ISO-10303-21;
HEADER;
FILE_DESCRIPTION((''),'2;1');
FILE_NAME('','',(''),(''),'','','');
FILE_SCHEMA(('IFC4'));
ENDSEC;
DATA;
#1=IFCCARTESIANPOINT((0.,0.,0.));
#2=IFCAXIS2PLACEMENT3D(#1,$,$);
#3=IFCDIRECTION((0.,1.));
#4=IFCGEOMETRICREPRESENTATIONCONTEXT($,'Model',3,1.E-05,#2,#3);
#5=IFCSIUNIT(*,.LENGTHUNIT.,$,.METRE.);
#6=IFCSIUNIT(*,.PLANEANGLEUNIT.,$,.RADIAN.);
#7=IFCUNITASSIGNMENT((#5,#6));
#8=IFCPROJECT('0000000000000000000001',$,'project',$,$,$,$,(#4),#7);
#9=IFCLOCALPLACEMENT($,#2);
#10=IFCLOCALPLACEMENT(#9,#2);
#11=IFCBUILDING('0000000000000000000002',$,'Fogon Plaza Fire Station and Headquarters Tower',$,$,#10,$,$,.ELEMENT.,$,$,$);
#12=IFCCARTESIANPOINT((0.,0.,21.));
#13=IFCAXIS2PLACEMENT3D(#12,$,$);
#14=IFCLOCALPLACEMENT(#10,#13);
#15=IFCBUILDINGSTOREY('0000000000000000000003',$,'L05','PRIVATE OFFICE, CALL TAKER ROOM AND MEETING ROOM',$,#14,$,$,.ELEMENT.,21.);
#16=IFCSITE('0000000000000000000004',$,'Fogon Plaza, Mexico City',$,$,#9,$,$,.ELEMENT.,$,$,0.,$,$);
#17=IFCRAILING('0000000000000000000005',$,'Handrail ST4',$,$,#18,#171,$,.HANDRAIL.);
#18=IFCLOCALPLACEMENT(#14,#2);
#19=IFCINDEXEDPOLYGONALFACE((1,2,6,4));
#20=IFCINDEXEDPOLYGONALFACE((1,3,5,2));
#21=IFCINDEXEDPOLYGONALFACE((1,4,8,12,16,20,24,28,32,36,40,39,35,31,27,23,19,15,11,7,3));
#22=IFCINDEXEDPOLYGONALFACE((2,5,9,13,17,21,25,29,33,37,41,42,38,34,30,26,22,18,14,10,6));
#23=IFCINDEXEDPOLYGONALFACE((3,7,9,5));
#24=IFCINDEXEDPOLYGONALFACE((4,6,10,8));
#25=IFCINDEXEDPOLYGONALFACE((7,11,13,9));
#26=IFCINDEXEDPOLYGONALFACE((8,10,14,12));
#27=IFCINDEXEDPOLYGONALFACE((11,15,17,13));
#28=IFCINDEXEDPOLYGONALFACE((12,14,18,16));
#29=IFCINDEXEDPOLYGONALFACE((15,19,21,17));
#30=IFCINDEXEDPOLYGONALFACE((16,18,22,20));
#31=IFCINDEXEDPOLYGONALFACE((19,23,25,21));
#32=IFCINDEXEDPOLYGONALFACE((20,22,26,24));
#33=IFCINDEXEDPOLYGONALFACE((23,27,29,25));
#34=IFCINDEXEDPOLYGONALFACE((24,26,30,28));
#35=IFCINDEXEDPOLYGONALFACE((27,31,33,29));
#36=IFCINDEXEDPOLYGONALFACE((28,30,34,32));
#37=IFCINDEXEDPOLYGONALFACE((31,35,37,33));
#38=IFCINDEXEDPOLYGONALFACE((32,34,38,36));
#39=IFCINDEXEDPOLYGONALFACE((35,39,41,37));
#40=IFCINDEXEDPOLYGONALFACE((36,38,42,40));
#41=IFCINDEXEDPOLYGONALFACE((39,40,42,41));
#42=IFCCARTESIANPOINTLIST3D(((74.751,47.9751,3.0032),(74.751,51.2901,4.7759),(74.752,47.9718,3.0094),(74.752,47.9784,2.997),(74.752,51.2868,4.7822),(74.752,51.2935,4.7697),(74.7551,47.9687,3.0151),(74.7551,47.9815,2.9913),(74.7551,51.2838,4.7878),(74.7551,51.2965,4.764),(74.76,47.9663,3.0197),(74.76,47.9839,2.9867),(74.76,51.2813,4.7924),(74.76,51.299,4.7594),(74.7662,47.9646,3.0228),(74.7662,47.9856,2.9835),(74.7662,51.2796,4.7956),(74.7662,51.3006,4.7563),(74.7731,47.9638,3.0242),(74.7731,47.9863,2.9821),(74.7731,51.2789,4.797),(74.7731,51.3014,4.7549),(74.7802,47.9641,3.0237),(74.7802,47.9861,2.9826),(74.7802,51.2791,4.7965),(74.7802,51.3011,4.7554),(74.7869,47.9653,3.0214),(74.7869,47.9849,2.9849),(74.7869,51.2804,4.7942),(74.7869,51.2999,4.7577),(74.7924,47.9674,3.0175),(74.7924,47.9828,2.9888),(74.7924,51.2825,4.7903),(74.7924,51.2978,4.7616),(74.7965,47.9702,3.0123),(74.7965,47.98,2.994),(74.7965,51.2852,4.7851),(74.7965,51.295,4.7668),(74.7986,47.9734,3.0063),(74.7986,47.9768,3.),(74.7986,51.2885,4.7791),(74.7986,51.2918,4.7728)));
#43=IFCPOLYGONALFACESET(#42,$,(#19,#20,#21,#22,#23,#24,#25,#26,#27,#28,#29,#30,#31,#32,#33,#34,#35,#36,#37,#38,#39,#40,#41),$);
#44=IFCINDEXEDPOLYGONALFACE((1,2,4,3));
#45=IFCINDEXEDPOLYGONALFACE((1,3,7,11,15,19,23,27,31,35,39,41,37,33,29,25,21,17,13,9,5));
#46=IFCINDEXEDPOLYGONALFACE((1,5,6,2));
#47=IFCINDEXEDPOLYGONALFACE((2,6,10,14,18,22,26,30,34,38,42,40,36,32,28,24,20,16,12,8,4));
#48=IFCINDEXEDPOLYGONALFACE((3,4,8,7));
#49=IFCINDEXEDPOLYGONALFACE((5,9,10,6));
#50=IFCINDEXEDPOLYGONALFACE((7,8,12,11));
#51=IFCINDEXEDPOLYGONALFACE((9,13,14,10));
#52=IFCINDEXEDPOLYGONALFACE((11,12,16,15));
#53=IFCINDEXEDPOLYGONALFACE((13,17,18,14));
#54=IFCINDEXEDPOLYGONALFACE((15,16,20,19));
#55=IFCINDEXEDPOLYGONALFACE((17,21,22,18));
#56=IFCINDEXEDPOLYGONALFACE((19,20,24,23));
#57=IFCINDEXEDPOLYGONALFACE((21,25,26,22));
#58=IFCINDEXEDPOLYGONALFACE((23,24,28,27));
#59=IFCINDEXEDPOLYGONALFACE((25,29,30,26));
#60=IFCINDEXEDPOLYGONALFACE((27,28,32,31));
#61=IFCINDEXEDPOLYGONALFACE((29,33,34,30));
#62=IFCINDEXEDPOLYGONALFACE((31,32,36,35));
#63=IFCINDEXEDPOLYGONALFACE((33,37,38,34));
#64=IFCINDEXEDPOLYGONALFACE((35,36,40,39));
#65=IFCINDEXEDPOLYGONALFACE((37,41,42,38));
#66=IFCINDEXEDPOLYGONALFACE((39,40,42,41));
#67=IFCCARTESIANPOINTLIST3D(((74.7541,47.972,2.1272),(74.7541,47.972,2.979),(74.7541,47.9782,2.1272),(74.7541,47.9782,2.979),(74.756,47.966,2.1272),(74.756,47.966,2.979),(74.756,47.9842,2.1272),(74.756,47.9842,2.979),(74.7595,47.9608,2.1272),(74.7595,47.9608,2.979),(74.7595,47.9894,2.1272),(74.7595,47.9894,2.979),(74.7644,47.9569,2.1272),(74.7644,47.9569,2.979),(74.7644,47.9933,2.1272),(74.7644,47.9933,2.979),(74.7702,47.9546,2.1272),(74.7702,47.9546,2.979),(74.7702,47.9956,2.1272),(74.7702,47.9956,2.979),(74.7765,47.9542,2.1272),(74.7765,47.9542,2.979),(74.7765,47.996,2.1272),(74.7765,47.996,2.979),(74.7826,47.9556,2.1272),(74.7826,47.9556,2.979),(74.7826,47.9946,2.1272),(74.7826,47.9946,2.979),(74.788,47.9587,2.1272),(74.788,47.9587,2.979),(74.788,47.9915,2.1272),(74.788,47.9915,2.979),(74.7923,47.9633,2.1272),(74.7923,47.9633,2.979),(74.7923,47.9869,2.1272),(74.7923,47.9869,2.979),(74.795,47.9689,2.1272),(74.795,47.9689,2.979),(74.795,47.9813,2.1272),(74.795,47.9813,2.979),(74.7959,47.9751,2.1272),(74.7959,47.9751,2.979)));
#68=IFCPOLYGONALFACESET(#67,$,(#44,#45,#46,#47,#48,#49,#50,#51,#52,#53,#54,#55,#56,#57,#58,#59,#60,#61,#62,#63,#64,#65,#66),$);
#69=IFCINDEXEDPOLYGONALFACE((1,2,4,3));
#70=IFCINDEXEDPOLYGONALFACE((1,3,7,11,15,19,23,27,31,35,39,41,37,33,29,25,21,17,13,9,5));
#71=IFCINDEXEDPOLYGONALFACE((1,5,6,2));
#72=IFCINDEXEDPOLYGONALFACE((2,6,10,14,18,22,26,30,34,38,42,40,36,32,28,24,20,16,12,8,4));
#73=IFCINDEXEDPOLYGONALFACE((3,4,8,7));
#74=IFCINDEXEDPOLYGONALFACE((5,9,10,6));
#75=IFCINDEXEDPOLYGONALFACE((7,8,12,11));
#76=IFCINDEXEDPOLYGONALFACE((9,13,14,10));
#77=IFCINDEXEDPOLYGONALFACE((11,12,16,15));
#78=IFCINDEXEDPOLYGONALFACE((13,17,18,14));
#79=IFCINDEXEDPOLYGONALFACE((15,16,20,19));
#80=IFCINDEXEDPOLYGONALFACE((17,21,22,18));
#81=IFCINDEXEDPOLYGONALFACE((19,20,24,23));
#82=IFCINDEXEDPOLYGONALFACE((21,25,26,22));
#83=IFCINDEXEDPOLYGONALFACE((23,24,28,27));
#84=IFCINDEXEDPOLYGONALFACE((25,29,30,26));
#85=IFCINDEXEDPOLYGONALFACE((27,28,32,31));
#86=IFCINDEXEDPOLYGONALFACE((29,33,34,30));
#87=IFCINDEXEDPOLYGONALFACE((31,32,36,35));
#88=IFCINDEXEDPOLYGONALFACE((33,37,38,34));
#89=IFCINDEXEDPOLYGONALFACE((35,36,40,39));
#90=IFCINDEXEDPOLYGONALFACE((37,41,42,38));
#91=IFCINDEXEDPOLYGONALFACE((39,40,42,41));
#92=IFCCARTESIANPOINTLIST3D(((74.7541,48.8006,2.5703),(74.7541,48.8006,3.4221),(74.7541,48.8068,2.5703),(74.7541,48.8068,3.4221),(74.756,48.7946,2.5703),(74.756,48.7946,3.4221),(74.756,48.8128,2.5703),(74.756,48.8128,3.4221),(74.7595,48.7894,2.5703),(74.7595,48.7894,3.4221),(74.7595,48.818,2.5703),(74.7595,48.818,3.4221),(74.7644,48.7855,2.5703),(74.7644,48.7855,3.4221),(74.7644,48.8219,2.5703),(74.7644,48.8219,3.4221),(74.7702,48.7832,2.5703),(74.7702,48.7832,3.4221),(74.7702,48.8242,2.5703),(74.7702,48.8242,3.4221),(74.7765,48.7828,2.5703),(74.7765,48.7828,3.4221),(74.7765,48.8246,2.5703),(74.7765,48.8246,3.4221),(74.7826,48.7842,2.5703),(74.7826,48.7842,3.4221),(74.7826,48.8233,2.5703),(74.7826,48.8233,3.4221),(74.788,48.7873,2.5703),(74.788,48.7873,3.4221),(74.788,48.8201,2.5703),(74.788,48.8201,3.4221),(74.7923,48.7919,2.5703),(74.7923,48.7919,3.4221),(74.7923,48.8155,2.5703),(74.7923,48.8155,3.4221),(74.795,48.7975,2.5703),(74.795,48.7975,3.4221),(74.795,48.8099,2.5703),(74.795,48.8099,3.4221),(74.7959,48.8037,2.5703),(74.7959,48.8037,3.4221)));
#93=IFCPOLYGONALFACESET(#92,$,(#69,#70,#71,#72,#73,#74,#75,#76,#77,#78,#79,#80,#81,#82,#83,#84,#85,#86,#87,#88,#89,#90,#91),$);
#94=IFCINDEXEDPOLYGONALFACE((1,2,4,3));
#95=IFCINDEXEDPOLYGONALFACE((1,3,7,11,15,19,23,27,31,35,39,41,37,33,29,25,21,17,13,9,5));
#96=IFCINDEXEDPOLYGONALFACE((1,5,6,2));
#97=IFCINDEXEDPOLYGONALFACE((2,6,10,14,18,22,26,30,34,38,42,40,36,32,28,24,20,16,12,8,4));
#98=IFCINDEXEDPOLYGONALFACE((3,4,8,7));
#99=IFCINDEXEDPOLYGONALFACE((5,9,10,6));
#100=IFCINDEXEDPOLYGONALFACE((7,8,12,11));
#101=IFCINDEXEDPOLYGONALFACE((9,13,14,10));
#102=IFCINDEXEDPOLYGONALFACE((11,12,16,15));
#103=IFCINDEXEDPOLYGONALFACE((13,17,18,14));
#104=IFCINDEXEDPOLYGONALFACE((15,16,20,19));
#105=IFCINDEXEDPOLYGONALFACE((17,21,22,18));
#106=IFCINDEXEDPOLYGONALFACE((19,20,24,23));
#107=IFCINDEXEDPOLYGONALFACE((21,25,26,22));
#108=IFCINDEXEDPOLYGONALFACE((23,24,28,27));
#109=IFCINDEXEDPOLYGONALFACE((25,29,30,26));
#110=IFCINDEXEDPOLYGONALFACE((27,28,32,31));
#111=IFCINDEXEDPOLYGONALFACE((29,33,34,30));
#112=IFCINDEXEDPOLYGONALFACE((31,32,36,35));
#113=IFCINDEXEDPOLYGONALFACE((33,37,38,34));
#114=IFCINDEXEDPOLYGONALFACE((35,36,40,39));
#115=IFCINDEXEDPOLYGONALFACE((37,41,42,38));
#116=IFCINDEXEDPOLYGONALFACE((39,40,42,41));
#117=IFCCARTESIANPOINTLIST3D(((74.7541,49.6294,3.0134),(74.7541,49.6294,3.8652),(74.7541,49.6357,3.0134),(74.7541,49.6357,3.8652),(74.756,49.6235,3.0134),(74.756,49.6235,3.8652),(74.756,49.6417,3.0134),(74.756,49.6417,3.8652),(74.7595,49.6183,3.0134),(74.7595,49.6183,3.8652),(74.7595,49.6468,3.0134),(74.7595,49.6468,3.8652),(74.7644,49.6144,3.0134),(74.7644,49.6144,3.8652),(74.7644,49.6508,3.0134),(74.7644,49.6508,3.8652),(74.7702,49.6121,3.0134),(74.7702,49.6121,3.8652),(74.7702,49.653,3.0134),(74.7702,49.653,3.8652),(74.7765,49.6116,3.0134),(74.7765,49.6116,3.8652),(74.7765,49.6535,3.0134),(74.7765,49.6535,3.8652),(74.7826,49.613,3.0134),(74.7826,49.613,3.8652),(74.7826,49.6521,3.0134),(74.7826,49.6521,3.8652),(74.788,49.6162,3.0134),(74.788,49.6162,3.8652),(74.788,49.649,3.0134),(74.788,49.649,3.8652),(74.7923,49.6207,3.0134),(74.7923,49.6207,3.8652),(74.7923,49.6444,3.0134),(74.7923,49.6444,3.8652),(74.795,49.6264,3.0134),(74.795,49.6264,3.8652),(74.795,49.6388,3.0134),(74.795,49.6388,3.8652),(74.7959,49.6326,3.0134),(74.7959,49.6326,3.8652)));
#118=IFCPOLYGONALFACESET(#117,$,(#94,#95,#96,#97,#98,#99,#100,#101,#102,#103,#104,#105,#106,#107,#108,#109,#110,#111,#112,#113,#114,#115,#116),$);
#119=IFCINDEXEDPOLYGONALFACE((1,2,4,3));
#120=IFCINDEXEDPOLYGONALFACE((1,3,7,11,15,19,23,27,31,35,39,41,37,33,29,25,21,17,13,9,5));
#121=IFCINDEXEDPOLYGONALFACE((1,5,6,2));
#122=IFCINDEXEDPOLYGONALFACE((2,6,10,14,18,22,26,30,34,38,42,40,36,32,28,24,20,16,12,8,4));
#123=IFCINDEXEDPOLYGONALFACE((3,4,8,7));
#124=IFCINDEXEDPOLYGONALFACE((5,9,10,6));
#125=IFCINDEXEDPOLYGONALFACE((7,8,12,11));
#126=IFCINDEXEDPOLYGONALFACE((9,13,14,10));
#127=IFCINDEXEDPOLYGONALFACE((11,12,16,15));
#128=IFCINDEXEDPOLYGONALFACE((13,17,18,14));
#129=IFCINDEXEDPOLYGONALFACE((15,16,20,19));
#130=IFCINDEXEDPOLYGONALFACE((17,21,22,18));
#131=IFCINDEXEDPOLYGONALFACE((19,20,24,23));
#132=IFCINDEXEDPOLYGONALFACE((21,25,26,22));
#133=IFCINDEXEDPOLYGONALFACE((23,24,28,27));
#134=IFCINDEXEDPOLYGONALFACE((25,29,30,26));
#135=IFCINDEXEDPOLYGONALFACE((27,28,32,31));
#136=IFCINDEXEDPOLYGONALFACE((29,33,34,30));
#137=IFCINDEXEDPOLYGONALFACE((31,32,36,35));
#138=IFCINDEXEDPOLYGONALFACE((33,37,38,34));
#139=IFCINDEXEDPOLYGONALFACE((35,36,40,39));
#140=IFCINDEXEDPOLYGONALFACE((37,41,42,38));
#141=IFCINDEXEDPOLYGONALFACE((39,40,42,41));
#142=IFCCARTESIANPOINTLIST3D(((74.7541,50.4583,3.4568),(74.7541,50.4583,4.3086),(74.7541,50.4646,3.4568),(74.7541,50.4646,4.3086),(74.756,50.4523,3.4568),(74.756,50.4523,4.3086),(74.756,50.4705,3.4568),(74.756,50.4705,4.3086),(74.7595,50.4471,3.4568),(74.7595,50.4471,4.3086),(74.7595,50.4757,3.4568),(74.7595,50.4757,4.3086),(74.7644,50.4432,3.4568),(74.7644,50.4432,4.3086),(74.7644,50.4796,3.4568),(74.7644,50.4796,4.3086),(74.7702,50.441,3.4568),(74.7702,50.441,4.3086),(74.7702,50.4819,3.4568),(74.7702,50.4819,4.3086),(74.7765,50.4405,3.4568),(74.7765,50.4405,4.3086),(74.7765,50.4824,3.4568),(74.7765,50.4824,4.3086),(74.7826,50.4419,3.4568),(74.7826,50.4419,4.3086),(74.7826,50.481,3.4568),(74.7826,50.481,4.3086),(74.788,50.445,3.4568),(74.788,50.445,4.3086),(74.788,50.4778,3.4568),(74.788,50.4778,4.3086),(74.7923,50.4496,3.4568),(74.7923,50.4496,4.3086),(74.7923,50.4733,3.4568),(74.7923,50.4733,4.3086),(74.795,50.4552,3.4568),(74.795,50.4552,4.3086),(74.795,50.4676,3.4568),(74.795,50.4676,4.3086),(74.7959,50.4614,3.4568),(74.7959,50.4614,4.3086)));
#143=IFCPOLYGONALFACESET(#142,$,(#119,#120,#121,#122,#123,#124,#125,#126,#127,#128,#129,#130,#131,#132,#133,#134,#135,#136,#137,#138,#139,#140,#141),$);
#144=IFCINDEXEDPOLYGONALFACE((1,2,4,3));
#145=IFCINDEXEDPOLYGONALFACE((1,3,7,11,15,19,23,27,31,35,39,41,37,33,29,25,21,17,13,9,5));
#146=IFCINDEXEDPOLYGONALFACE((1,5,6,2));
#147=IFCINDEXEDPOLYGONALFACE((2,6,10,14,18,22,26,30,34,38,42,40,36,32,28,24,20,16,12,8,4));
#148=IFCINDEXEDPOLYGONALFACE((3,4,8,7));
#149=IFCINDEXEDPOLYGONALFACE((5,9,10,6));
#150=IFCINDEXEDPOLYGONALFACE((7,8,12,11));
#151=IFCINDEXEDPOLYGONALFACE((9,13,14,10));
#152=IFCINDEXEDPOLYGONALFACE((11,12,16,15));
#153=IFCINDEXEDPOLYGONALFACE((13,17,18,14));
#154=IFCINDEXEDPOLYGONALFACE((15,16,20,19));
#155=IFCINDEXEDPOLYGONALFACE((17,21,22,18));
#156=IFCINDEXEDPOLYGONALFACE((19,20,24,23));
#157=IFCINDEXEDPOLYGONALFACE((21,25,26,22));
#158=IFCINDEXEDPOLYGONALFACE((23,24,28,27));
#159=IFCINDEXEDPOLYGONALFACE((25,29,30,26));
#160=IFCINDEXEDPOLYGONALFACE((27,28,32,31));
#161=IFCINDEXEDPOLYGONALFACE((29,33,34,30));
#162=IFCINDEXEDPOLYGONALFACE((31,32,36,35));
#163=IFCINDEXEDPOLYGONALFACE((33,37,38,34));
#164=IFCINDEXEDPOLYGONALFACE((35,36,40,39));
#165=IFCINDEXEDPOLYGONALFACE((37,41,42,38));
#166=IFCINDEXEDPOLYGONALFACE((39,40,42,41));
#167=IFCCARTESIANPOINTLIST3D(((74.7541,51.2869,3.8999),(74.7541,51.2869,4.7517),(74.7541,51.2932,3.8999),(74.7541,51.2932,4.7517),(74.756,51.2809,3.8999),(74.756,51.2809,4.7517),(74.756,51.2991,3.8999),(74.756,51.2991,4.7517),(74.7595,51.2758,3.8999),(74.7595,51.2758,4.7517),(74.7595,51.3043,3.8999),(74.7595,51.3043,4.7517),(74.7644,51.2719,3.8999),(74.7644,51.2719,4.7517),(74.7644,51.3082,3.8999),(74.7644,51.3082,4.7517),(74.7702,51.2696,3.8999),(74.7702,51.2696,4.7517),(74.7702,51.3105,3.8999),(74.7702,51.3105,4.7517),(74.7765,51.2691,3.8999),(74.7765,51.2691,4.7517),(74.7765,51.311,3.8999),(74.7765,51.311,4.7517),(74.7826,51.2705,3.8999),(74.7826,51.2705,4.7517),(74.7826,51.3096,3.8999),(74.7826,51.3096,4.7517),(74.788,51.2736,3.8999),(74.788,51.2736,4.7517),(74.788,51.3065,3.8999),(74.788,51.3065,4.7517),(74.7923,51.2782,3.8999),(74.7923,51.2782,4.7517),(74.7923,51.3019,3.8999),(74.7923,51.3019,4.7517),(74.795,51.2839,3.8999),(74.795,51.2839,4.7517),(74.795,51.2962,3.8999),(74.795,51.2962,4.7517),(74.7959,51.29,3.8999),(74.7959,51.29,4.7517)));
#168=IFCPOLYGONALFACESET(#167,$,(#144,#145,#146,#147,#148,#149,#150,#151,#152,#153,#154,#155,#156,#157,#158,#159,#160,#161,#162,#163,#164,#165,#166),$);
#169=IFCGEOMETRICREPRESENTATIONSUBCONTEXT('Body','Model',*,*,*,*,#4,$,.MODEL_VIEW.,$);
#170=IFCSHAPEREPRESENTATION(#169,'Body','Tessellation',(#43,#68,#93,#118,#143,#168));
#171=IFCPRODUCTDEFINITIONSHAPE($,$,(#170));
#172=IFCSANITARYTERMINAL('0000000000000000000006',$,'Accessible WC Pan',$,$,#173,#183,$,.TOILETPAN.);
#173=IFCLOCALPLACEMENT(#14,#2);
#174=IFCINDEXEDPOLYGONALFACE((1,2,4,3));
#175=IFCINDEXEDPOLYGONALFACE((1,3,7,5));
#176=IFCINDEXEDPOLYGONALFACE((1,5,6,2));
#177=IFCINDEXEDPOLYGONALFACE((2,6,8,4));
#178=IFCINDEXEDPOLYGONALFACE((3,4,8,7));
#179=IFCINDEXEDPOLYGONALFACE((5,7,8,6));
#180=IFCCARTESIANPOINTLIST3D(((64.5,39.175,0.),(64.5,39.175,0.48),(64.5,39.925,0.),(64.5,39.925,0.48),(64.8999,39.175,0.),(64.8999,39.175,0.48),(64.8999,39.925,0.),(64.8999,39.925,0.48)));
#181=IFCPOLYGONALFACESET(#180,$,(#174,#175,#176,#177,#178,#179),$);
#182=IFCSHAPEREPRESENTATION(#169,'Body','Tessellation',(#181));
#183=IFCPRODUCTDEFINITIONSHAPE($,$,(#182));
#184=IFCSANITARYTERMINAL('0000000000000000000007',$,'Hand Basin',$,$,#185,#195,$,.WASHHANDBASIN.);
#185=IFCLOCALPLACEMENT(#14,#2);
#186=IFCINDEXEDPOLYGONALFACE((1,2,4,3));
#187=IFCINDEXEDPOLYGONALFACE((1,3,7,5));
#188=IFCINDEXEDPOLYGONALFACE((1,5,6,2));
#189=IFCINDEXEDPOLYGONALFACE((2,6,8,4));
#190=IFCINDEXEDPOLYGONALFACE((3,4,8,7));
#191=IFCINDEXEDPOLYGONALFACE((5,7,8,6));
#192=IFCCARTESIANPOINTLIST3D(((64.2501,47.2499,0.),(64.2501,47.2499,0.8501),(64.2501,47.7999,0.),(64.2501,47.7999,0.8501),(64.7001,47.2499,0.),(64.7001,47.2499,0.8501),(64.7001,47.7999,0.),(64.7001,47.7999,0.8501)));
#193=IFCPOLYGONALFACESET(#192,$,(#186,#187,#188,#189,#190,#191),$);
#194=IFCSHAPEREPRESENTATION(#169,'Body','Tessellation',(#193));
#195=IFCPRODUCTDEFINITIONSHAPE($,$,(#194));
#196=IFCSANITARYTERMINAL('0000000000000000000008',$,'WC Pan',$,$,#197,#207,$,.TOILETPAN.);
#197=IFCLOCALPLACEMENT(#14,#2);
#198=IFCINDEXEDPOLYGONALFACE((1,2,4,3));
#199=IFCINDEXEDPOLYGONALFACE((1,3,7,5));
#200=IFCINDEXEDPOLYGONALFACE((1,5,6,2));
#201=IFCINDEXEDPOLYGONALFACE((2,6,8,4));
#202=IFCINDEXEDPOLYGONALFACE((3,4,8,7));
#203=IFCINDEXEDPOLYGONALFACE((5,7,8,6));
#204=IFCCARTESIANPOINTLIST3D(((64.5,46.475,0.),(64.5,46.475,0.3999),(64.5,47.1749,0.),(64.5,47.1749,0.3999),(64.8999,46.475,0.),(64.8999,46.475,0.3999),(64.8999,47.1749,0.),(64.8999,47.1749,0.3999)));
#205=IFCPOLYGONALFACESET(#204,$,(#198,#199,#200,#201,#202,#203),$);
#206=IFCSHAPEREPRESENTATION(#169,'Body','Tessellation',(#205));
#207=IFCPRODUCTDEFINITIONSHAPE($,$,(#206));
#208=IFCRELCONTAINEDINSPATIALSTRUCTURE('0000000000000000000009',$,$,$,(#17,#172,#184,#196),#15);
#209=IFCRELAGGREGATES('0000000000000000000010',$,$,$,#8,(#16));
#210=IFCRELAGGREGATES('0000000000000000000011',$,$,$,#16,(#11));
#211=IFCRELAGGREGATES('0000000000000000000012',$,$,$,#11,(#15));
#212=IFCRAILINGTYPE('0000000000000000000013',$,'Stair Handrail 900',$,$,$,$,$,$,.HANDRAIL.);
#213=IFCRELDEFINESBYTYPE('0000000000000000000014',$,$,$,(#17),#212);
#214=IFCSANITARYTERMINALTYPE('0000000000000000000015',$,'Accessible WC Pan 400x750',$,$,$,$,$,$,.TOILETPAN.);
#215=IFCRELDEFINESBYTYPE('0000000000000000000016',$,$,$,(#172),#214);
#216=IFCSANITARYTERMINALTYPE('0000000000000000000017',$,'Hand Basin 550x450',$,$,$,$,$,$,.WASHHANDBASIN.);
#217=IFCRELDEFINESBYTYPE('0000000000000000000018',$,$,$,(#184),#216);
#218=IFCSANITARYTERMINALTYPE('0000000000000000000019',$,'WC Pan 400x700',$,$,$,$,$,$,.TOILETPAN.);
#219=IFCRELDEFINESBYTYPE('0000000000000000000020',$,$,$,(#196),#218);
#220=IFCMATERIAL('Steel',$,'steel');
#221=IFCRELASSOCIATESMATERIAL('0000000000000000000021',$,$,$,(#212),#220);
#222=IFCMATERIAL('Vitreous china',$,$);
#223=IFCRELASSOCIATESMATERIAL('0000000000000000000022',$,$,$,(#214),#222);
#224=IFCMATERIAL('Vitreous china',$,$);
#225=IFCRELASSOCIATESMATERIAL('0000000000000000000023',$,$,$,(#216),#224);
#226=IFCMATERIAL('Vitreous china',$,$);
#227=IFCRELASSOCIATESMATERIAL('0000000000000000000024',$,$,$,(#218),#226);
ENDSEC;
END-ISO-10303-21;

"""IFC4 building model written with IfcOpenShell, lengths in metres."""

from ifc_helpers import new_model, si_unit, direction, frame, origin, origin_2d, place, context, subcontext, project, spatial, rectangle, circle, extrude, material, type_object, element, save


model = new_model("IFC4")

# Units and contexts
model_context = context("Model", 3, precision=1e-05, world=origin(), true_north=direction((0.0, 1.0)))
body_context = subcontext(model_context, "Body", "Model", "MODEL_VIEW")
ifc_project = project(units=[si_unit("LENGTHUNIT", "METRE"), si_unit("PLANEANGLEUNIT", "RADIAN")], contexts=[model_context])

# Site, building, storey
site_placement = place(None, origin())
site = spatial("IfcSite", under=ifc_project, at=site_placement, Name="Fogon Plaza, Mexico City", CompositionType="ELEMENT", RefElevation=0.0)
building_placement = place(site_placement, origin())
building = spatial("IfcBuilding", under=site, at=building_placement, Name="Fogon Plaza Fire Station and Headquarters Tower", CompositionType="ELEMENT")
storey_placement = place(building_placement, frame((0.0, 0.0, 21.0)))
storey = spatial("IfcBuildingStorey", under=building, at=storey_placement, Name="L05", Description="PRIVATE OFFICE, CALL TAKER ROOM AND MEETING ROOM", CompositionType="ELEMENT", Elevation=21.0)

# Railing
ifc_material_1 = material(Name="Steel", Category="steel")
railing_type = type_object("IfcRailingType", Name="Stair Handrail 900", PredefinedType="HANDRAIL", material=ifc_material_1)
for number, where, name in (
    (1, (74.7749, 47.9751, 2.1272), "Handrail ST4"),
):
    element("IfcRailing", number, at=place(storey_placement, frame(where)), inside=storey, type_object=railing_type, Name=name, PredefinedType="HANDRAIL", context=body_context, shape_type="SweptSolid", body=[
        extrude(circle(Radius=0.0239, at=origin_2d()), frame((0.0, 0.0, 0.876), z_axis=(0.0, 0.881829, 0.471569), x_axis=(-1.0, 0.0, 0.0)), (0.0, 0.0, 1.0), 3.7593),
        extrude(circle(Radius=0.021, at=origin_2d()), origin(), (0.0, 0.0, 1.0), 0.8518),
        extrude(circle(Radius=0.021, at=origin_2d()), frame((0.0, 0.8286, 0.4431)), (0.0, 0.0, 1.0), 0.8518),
        extrude(circle(Radius=0.021, at=origin_2d()), frame((0.0, 1.6575, 0.8862)), (0.0, 0.0, 1.0), 0.8518),
        extrude(circle(Radius=0.021, at=origin_2d()), frame((0.0, 2.4863, 1.3296)), (0.0, 0.0, 1.0), 0.8518),
        extrude(circle(Radius=0.021, at=origin_2d()), frame((0.0, 3.3149, 1.7727)), (0.0, 0.0, 1.0), 0.8518),
    ])

# Sanitary terminals
ifc_material_2 = material(Name="Vitreous china")
sanitary_terminal_type_1 = type_object("IfcSanitaryTerminalType", Name="Accessible WC Pan 400x750", PredefinedType="TOILETPAN", material=ifc_material_2)
sanitary_terminal_1_placement = place(storey_placement, frame((64.7, 39.55, 0.0), z_axis=(0.0, 0.0, 1.0), x_axis=(1.0, 0.0, 0.0)))
element("IfcSanitaryTerminal", 2, at=sanitary_terminal_1_placement, inside=storey, type_object=sanitary_terminal_type_1, Name="Accessible WC Pan", PredefinedType="TOILETPAN", context=body_context, shape_type="SweptSolid", body=[
    extrude(rectangle(XDim=0.3999, YDim=0.75, at=origin_2d()), origin(), (0.0, 0.0, 1.0), 0.48),
])
ifc_material_3 = material(Name="Vitreous china")
sanitary_terminal_type_2 = type_object("IfcSanitaryTerminalType", Name="Hand Basin 550x450", PredefinedType="WASHHANDBASIN", material=ifc_material_3)
sanitary_terminal_2_placement = place(storey_placement, frame((64.4751, 47.5249, 0.0), z_axis=(0.0, 0.0, 1.0), x_axis=(1.0, 0.0, 0.0)))
element("IfcSanitaryTerminal", 3, at=sanitary_terminal_2_placement, inside=storey, type_object=sanitary_terminal_type_2, Name="Hand Basin", PredefinedType="WASHHANDBASIN", context=body_context, shape_type="SweptSolid", body=[
    extrude(rectangle(XDim=0.45, YDim=0.55, at=origin_2d()), origin(), (0.0, 0.0, 1.0), 0.8501),
])
ifc_material_4 = material(Name="Vitreous china")
sanitary_terminal_type_3 = type_object("IfcSanitaryTerminalType", Name="WC Pan 400x700", PredefinedType="TOILETPAN", material=ifc_material_4)
sanitary_terminal_3_placement = place(storey_placement, frame((64.7, 46.825, 0.0), z_axis=(0.0, 0.0, 1.0), x_axis=(1.0, 0.0, 0.0)))
element("IfcSanitaryTerminal", 4, at=sanitary_terminal_3_placement, inside=storey, type_object=sanitary_terminal_type_3, Name="WC Pan", PredefinedType="TOILETPAN", context=body_context, shape_type="SweptSolid", body=[
    extrude(rectangle(XDim=0.3999, YDim=0.7, at=origin_2d()), origin(), (0.0, 0.0, 1.0), 0.3999),
])

save(model, "model.ifc")
